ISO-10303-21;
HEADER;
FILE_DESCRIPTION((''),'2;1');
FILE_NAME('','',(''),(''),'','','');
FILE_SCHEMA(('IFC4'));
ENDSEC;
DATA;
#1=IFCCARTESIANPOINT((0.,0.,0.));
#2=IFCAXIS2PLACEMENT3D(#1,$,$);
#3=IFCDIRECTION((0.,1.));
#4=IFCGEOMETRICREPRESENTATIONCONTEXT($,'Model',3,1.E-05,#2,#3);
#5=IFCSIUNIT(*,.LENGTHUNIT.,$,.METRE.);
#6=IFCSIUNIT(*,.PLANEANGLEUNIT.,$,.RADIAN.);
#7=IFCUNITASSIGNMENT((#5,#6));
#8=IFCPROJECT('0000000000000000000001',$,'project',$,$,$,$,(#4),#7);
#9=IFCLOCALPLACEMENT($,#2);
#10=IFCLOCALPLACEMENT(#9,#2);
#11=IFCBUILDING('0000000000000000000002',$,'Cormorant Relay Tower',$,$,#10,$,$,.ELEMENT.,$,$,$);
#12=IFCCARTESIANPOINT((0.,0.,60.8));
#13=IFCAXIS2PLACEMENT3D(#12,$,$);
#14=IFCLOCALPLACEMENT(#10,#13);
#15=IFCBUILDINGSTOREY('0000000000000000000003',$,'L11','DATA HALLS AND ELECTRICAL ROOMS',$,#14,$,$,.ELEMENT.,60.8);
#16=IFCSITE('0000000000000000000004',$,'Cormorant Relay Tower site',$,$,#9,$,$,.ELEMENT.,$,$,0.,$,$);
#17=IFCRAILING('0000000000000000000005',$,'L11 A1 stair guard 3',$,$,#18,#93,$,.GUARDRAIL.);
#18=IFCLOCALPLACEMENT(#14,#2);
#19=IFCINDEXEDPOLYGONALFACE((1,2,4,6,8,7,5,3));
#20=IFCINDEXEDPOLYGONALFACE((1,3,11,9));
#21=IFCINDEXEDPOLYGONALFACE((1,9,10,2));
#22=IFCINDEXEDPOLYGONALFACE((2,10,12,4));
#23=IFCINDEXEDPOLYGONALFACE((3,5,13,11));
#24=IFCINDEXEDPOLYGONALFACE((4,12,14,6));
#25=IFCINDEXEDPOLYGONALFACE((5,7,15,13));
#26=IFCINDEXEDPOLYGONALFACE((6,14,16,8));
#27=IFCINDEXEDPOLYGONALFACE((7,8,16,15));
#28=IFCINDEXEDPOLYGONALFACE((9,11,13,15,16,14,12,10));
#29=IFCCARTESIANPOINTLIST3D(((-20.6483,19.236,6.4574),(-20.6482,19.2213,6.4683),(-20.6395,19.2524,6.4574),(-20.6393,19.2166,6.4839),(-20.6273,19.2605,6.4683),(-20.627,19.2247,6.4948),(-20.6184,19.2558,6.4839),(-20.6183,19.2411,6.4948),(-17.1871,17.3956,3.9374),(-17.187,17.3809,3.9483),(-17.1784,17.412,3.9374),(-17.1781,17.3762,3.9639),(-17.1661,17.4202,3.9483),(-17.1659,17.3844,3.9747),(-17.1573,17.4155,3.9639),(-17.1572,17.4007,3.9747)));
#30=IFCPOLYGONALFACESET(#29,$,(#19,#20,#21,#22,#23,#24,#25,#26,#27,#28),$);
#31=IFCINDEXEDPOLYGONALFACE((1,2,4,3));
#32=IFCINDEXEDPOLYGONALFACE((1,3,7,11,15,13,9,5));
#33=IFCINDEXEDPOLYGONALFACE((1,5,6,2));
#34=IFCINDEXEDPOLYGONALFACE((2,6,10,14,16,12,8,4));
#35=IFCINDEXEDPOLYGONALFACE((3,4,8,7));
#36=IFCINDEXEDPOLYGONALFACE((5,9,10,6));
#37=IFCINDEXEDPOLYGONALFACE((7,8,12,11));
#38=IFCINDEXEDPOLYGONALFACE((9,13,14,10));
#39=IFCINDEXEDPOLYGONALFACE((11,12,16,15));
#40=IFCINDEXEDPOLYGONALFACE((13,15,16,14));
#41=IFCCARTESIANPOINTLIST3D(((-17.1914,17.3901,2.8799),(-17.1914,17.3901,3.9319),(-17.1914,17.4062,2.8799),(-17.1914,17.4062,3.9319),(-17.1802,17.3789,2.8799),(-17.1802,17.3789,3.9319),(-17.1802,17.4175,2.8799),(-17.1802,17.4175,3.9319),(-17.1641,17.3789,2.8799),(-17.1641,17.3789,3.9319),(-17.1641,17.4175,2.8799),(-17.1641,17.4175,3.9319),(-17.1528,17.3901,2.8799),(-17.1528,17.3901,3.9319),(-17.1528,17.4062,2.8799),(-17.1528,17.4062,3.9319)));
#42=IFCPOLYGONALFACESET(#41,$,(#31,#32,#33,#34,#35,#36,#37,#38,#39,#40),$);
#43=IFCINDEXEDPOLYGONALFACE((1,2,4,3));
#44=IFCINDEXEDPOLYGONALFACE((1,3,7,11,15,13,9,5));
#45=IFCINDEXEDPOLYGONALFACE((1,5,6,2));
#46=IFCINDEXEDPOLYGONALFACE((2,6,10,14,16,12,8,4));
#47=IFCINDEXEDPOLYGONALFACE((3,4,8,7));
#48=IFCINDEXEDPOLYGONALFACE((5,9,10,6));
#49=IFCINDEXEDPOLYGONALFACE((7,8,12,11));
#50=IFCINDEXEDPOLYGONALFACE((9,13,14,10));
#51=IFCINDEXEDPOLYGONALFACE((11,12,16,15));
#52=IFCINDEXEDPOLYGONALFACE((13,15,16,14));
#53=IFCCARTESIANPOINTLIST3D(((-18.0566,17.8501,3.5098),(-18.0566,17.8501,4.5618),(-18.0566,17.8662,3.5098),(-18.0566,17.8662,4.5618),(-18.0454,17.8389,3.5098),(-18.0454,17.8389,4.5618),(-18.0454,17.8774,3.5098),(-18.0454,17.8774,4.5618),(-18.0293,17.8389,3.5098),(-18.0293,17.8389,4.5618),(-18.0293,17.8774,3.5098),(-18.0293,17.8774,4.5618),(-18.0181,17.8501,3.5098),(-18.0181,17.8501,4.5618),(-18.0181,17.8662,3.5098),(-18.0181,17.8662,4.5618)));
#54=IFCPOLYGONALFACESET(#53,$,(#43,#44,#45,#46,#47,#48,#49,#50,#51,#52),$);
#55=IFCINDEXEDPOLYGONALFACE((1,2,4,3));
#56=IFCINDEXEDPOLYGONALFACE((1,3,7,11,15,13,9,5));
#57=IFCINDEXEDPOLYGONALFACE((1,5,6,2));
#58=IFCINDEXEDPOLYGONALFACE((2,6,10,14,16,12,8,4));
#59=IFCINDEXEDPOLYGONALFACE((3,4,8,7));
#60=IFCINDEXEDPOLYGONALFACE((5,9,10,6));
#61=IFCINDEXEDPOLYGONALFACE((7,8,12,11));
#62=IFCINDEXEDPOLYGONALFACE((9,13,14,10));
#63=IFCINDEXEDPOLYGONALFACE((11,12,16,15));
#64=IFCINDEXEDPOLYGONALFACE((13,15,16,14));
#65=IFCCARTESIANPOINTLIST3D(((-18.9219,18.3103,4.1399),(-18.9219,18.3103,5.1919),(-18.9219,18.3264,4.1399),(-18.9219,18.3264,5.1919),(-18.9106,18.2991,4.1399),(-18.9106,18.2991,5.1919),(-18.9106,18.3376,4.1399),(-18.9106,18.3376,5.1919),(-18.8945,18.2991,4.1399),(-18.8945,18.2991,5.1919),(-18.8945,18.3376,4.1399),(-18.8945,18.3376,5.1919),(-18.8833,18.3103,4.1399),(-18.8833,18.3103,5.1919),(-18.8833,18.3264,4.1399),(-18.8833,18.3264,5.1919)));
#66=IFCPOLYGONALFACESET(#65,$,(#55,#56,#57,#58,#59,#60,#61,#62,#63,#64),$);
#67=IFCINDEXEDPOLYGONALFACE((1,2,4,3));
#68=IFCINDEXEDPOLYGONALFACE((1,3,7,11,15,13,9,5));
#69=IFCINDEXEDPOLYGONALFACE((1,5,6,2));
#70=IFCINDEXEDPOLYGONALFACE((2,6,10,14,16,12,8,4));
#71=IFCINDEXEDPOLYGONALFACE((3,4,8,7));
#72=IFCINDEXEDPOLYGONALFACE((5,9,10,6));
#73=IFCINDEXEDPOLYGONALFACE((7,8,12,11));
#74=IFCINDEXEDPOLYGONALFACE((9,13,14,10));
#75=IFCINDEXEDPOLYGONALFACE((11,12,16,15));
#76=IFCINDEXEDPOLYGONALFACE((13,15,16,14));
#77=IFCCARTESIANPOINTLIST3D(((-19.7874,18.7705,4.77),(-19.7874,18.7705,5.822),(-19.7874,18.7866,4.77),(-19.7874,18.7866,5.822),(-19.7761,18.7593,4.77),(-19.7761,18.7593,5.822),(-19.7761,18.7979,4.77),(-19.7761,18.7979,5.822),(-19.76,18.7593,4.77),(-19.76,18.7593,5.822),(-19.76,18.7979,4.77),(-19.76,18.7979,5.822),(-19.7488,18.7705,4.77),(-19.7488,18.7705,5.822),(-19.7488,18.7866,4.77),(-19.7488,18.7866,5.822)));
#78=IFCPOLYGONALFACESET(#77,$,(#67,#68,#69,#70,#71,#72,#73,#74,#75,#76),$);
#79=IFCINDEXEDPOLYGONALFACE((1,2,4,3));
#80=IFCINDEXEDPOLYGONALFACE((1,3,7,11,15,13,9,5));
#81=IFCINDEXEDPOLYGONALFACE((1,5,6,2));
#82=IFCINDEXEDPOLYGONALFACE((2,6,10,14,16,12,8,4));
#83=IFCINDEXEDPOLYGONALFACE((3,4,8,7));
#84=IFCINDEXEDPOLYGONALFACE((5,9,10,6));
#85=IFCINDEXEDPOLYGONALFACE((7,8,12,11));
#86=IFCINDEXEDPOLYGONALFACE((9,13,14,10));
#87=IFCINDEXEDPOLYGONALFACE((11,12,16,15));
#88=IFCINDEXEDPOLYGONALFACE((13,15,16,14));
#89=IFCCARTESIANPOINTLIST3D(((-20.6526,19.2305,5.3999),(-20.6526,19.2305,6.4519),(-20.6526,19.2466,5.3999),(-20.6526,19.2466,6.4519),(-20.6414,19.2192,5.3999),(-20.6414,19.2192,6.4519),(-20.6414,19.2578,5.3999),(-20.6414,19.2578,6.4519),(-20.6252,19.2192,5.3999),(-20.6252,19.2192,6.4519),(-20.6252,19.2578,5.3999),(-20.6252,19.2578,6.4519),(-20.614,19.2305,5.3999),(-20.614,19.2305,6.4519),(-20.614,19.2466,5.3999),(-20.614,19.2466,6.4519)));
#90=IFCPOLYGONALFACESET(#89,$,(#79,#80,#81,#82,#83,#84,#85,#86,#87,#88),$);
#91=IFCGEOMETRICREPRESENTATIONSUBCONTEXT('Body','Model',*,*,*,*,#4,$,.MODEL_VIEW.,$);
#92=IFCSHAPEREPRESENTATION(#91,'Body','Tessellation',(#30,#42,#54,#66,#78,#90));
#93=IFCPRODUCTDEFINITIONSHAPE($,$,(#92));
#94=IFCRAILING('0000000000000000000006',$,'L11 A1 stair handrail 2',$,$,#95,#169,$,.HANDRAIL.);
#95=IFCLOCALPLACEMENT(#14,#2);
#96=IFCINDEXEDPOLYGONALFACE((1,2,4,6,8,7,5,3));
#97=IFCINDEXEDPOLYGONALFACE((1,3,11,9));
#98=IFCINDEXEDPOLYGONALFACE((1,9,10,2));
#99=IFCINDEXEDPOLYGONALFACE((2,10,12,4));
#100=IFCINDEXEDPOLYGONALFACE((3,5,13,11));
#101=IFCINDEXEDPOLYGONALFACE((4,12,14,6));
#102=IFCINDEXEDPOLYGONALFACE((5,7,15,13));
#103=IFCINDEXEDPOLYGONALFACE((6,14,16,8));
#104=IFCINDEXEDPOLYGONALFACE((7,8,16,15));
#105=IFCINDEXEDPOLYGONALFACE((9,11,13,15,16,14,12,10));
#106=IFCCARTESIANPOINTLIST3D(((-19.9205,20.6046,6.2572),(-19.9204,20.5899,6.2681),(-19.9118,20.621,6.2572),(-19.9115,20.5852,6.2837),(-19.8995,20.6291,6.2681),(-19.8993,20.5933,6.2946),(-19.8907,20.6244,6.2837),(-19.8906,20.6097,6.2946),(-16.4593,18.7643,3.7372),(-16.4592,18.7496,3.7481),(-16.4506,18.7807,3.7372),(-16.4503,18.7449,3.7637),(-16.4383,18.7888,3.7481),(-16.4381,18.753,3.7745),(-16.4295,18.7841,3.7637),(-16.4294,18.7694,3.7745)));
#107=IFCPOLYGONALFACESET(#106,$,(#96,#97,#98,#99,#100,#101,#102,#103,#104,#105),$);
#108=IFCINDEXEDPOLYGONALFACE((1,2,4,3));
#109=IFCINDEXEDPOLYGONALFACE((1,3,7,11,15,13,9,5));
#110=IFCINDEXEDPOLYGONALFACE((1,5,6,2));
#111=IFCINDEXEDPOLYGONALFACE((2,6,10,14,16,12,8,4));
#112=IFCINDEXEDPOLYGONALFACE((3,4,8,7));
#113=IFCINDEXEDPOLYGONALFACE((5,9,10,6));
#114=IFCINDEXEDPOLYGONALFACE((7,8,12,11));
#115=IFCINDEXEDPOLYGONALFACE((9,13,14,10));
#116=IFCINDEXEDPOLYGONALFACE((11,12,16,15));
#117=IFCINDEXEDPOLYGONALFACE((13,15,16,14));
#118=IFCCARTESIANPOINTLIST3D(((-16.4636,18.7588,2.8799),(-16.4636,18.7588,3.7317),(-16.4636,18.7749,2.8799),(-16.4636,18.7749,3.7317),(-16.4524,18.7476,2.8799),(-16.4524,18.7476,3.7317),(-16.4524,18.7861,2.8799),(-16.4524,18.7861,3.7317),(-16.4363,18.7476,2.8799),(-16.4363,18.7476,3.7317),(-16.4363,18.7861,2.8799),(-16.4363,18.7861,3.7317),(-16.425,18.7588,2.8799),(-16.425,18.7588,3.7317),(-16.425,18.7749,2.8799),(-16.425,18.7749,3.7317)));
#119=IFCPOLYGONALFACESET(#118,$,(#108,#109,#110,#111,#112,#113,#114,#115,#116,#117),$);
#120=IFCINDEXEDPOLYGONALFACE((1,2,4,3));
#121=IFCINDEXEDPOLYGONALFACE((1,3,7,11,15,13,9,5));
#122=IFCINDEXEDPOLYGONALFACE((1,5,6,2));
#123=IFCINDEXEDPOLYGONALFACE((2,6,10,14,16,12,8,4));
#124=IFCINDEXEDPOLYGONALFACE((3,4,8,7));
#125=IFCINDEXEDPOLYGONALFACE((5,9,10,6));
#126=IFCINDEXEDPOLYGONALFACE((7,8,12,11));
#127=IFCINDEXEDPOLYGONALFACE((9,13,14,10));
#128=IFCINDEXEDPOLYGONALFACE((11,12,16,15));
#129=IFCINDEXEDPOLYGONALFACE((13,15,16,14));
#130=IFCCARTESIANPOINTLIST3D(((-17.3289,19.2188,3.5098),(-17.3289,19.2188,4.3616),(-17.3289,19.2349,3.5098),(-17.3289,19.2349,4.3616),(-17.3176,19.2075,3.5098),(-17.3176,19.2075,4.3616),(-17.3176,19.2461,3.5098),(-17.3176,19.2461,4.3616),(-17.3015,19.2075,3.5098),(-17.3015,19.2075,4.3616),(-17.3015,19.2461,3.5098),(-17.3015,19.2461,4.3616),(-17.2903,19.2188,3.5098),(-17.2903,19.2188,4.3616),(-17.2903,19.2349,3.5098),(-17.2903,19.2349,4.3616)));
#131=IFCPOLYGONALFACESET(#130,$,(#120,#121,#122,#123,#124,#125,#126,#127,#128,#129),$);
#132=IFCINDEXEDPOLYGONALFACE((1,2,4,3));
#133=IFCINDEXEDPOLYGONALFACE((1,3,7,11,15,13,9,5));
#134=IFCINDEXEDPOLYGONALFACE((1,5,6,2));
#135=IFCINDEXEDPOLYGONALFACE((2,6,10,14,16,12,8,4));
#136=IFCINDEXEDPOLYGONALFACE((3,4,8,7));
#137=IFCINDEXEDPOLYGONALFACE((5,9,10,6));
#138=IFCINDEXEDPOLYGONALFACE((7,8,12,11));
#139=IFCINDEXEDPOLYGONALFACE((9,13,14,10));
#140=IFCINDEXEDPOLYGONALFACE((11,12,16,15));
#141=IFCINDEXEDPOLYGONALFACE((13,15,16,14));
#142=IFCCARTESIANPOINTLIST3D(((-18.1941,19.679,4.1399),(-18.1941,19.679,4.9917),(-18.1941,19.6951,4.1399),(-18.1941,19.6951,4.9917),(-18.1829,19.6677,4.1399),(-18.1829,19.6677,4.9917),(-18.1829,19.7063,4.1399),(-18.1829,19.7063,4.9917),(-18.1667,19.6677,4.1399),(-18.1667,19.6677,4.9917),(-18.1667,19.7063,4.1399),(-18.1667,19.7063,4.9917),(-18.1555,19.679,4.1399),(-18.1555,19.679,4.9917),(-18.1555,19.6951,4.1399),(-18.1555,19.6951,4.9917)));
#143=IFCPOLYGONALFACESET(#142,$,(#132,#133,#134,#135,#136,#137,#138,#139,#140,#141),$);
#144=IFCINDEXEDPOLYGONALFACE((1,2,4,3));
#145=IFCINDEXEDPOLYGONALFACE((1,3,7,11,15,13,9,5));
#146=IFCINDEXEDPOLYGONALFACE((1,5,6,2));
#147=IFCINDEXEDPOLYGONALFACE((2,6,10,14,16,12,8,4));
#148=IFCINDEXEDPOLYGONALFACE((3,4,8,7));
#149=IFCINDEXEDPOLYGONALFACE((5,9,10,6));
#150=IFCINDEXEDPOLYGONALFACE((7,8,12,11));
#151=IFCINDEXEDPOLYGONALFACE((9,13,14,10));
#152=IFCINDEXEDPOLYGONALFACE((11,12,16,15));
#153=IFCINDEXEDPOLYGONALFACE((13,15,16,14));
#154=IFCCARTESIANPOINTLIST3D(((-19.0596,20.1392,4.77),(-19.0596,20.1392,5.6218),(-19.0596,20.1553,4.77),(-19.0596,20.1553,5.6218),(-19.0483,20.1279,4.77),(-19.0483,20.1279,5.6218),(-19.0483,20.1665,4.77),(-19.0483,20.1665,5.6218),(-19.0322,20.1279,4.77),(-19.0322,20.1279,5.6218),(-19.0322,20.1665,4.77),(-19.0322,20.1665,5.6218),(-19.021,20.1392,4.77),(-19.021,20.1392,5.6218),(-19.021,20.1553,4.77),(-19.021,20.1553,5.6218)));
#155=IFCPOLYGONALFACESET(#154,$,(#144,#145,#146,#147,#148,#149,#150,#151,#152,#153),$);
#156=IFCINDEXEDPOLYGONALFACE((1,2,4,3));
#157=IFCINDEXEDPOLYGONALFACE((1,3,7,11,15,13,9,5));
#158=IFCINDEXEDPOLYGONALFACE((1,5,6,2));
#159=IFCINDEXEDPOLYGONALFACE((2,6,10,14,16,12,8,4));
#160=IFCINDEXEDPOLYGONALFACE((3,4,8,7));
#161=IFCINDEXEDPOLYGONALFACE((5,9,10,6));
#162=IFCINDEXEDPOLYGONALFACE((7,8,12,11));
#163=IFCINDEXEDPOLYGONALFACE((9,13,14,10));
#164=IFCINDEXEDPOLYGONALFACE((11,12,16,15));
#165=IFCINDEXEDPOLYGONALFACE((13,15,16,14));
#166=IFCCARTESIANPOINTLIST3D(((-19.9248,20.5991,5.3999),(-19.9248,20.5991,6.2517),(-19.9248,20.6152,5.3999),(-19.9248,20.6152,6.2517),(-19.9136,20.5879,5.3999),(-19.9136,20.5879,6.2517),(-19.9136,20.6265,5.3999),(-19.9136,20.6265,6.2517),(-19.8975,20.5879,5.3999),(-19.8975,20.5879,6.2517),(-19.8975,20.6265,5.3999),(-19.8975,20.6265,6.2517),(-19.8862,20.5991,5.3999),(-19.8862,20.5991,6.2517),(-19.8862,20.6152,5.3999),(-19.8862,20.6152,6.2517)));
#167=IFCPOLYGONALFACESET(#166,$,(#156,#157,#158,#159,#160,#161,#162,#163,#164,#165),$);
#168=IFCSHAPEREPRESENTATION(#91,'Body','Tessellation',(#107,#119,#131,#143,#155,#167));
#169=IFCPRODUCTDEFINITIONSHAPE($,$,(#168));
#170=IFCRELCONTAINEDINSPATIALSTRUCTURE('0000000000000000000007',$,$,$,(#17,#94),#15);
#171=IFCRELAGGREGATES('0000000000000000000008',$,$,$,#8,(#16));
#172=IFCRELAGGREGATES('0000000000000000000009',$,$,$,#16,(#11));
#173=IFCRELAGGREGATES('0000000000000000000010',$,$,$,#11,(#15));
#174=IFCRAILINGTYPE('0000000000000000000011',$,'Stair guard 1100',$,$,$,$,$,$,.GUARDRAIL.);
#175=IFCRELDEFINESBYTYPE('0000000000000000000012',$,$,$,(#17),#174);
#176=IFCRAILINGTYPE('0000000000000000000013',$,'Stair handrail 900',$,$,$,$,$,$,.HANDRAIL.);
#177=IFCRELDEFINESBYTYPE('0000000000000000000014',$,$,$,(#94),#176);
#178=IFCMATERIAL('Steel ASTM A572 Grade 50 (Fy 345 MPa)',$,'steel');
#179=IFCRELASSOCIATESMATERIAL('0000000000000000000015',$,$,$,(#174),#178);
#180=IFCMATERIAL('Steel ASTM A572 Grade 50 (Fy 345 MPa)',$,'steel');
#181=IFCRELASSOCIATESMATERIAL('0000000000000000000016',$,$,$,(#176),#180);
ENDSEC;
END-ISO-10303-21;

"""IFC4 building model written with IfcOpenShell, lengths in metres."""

from ifc_helpers import new_model, si_unit, direction, frame, origin, place, context, subcontext, project, spatial, polyline, outline, extrude, material, type_object, element, save


model = new_model("IFC4")

# Units and contexts
model_context = context("Model", 3, precision=1e-05, world=origin(), true_north=direction((0.0, 1.0)))
body_context = subcontext(model_context, "Body", "Model", "MODEL_VIEW")
ifc_project = project(units=[si_unit("LENGTHUNIT", "METRE"), si_unit("PLANEANGLEUNIT", "RADIAN")], contexts=[model_context])

# Site, building, storey
site_placement = place(None, origin())
site = spatial("IfcSite", under=ifc_project, at=site_placement, Name="Cormorant Relay Tower site", CompositionType="ELEMENT", RefElevation=0.0)
building_placement = place(site_placement, origin())
building = spatial("IfcBuilding", under=site, at=building_placement, Name="Cormorant Relay Tower", CompositionType="ELEMENT")
storey_placement = place(building_placement, frame((0.0, 0.0, 60.8)))
storey = spatial("IfcBuildingStorey", under=building, at=storey_placement, Name="L11", Description="DATA HALLS AND ELECTRICAL ROOMS", CompositionType="ELEMENT", Elevation=60.8)

# Railings
ifc_material_1 = material(Name="Steel ASTM A572 Grade 50 (Fy 345 MPa)", Category="steel")
railing_type_1 = type_object("IfcRailingType", Name="Stair guard 1100", PredefinedType="GUARDRAIL", material=ifc_material_1)
railing_1_placement = place(storey_placement, frame((-17.1721, 17.3982, 2.8799)))
element("IfcRailing", 1, at=railing_1_placement, inside=storey, type_object=railing_type_1, Name="L11 A1 stair guard 3", PredefinedType="GUARDRAIL", context=body_context, shape_type="SweptSolid", body=[
    extrude(outline(polyline([(0.0222, 0.0093), (0.0093, 0.0222), (-0.0093, 0.0222), (-0.0222, 0.0093), (-0.0222, -0.0093), (-0.0093, -0.0222), (0.0093, -0.0222), (0.0222, -0.0093), (0.0222, 0.0093)])), frame((0.0, 0.0, 1.0762), z_axis=(-0.742717, 0.394907, 0.540758), x_axis=(-0.469469, -0.882949, 0.0)), (0.0, 0.0, 1.0), 4.6602),
    extrude(outline(polyline([(0.0193, 0.0081), (0.0081, 0.0193), (-0.0081, 0.0193), (-0.0193, 0.0081), (-0.0193, -0.0081), (-0.0081, -0.0193), (0.0081, -0.0193), (0.0193, -0.0081), (0.0193, 0.0081)])), origin(), (0.0, 0.0, 1.0), 1.052),
    extrude(outline(polyline([(0.0193, 0.0081), (0.0081, 0.0193), (-0.0081, 0.0193), (-0.0193, 0.0081), (-0.0193, -0.0081), (-0.0081, -0.0193), (0.0081, -0.0193), (0.0193, -0.0081), (0.0193, 0.0081)])), frame((-0.8652, 0.46, 0.6299)), (0.0, 0.0, 1.0), 1.052),
    extrude(outline(polyline([(0.0193, 0.0081), (0.0081, 0.0193), (-0.0081, 0.0193), (-0.0193, 0.0081), (-0.0193, -0.0081), (-0.0081, -0.0193), (0.0081, -0.0193), (0.0193, -0.0081), (0.0193, 0.0081)])), frame((-1.7305, 0.9202, 1.26)), (0.0, 0.0, 1.0), 1.052),
    extrude(outline(polyline([(0.0193, 0.0081), (0.0081, 0.0193), (-0.0081, 0.0193), (-0.0193, 0.0081), (-0.0193, -0.0081), (-0.0081, -0.0193), (0.0081, -0.0193), (0.0193, -0.0081), (0.0193, 0.0081)])), frame((-2.5959, 1.3804, 1.8901)), (0.0, 0.0, 1.0), 1.052),
    extrude(outline(polyline([(0.0193, 0.0081), (0.0081, 0.0193), (-0.0081, 0.0193), (-0.0193, 0.0081), (-0.0193, -0.0081), (-0.0081, -0.0193), (0.0081, -0.0193), (0.0193, -0.0081), (0.0193, 0.0081)])), frame((-3.4612, 1.8403, 2.52)), (0.0, 0.0, 1.0), 1.052),
])
ifc_material_2 = material(Name="Steel ASTM A572 Grade 50 (Fy 345 MPa)", Category="steel")
railing_type_2 = type_object("IfcRailingType", Name="Stair handrail 900", PredefinedType="HANDRAIL", material=ifc_material_2)
railing_2_placement = place(storey_placement, frame((-16.4443, 18.7668, 2.8799)))
element("IfcRailing", 2, at=railing_2_placement, inside=storey, type_object=railing_type_2, Name="L11 A1 stair handrail 2", PredefinedType="HANDRAIL", context=body_context, shape_type="SweptSolid", body=[
    extrude(outline(polyline([(0.0222, 0.0093), (0.0093, 0.0222), (-0.0093, 0.0222), (-0.0222, 0.0093), (-0.0222, -0.0093), (-0.0093, -0.0222), (0.0093, -0.0222), (0.0222, -0.0093), (0.0222, 0.0093)])), frame((0.0, 0.0, 0.876), z_axis=(-0.742717, 0.394907, 0.540758), x_axis=(-0.469469, -0.882949, 0.0)), (0.0, 0.0, 1.0), 4.6602),
    extrude(outline(polyline([(0.0193, 0.0081), (0.0081, 0.0193), (-0.0081, 0.0193), (-0.0193, 0.0081), (-0.0193, -0.0081), (-0.0081, -0.0193), (0.0081, -0.0193), (0.0193, -0.0081), (0.0193, 0.0081)])), origin(), (0.0, 0.0, 1.0), 0.8518),
    extrude(outline(polyline([(0.0193, 0.0081), (0.0081, 0.0193), (-0.0081, 0.0193), (-0.0193, 0.0081), (-0.0193, -0.0081), (-0.0081, -0.0193), (0.0081, -0.0193), (0.0193, -0.0081), (0.0193, 0.0081)])), frame((-0.8652, 0.46, 0.6299)), (0.0, 0.0, 1.0), 0.8518),
    extrude(outline(polyline([(0.0193, 0.0081), (0.0081, 0.0193), (-0.0081, 0.0193), (-0.0193, 0.0081), (-0.0193, -0.0081), (-0.0081, -0.0193), (0.0081, -0.0193), (0.0193, -0.0081), (0.0193, 0.0081)])), frame((-1.7305, 0.9202, 1.26)), (0.0, 0.0, 1.0), 0.8518),
    extrude(outline(polyline([(0.0193, 0.0081), (0.0081, 0.0193), (-0.0081, 0.0193), (-0.0193, 0.0081), (-0.0193, -0.0081), (-0.0081, -0.0193), (0.0081, -0.0193), (0.0193, -0.0081), (0.0193, 0.0081)])), frame((-2.5959, 1.3804, 1.8901)), (0.0, 0.0, 1.0), 0.8518),
    extrude(outline(polyline([(0.0193, 0.0081), (0.0081, 0.0193), (-0.0081, 0.0193), (-0.0193, 0.0081), (-0.0193, -0.0081), (-0.0081, -0.0193), (0.0081, -0.0193), (0.0193, -0.0081), (0.0193, 0.0081)])), frame((-3.4612, 1.8403, 2.52)), (0.0, 0.0, 1.0), 0.8518),
])

save(model, "model.ifc")
